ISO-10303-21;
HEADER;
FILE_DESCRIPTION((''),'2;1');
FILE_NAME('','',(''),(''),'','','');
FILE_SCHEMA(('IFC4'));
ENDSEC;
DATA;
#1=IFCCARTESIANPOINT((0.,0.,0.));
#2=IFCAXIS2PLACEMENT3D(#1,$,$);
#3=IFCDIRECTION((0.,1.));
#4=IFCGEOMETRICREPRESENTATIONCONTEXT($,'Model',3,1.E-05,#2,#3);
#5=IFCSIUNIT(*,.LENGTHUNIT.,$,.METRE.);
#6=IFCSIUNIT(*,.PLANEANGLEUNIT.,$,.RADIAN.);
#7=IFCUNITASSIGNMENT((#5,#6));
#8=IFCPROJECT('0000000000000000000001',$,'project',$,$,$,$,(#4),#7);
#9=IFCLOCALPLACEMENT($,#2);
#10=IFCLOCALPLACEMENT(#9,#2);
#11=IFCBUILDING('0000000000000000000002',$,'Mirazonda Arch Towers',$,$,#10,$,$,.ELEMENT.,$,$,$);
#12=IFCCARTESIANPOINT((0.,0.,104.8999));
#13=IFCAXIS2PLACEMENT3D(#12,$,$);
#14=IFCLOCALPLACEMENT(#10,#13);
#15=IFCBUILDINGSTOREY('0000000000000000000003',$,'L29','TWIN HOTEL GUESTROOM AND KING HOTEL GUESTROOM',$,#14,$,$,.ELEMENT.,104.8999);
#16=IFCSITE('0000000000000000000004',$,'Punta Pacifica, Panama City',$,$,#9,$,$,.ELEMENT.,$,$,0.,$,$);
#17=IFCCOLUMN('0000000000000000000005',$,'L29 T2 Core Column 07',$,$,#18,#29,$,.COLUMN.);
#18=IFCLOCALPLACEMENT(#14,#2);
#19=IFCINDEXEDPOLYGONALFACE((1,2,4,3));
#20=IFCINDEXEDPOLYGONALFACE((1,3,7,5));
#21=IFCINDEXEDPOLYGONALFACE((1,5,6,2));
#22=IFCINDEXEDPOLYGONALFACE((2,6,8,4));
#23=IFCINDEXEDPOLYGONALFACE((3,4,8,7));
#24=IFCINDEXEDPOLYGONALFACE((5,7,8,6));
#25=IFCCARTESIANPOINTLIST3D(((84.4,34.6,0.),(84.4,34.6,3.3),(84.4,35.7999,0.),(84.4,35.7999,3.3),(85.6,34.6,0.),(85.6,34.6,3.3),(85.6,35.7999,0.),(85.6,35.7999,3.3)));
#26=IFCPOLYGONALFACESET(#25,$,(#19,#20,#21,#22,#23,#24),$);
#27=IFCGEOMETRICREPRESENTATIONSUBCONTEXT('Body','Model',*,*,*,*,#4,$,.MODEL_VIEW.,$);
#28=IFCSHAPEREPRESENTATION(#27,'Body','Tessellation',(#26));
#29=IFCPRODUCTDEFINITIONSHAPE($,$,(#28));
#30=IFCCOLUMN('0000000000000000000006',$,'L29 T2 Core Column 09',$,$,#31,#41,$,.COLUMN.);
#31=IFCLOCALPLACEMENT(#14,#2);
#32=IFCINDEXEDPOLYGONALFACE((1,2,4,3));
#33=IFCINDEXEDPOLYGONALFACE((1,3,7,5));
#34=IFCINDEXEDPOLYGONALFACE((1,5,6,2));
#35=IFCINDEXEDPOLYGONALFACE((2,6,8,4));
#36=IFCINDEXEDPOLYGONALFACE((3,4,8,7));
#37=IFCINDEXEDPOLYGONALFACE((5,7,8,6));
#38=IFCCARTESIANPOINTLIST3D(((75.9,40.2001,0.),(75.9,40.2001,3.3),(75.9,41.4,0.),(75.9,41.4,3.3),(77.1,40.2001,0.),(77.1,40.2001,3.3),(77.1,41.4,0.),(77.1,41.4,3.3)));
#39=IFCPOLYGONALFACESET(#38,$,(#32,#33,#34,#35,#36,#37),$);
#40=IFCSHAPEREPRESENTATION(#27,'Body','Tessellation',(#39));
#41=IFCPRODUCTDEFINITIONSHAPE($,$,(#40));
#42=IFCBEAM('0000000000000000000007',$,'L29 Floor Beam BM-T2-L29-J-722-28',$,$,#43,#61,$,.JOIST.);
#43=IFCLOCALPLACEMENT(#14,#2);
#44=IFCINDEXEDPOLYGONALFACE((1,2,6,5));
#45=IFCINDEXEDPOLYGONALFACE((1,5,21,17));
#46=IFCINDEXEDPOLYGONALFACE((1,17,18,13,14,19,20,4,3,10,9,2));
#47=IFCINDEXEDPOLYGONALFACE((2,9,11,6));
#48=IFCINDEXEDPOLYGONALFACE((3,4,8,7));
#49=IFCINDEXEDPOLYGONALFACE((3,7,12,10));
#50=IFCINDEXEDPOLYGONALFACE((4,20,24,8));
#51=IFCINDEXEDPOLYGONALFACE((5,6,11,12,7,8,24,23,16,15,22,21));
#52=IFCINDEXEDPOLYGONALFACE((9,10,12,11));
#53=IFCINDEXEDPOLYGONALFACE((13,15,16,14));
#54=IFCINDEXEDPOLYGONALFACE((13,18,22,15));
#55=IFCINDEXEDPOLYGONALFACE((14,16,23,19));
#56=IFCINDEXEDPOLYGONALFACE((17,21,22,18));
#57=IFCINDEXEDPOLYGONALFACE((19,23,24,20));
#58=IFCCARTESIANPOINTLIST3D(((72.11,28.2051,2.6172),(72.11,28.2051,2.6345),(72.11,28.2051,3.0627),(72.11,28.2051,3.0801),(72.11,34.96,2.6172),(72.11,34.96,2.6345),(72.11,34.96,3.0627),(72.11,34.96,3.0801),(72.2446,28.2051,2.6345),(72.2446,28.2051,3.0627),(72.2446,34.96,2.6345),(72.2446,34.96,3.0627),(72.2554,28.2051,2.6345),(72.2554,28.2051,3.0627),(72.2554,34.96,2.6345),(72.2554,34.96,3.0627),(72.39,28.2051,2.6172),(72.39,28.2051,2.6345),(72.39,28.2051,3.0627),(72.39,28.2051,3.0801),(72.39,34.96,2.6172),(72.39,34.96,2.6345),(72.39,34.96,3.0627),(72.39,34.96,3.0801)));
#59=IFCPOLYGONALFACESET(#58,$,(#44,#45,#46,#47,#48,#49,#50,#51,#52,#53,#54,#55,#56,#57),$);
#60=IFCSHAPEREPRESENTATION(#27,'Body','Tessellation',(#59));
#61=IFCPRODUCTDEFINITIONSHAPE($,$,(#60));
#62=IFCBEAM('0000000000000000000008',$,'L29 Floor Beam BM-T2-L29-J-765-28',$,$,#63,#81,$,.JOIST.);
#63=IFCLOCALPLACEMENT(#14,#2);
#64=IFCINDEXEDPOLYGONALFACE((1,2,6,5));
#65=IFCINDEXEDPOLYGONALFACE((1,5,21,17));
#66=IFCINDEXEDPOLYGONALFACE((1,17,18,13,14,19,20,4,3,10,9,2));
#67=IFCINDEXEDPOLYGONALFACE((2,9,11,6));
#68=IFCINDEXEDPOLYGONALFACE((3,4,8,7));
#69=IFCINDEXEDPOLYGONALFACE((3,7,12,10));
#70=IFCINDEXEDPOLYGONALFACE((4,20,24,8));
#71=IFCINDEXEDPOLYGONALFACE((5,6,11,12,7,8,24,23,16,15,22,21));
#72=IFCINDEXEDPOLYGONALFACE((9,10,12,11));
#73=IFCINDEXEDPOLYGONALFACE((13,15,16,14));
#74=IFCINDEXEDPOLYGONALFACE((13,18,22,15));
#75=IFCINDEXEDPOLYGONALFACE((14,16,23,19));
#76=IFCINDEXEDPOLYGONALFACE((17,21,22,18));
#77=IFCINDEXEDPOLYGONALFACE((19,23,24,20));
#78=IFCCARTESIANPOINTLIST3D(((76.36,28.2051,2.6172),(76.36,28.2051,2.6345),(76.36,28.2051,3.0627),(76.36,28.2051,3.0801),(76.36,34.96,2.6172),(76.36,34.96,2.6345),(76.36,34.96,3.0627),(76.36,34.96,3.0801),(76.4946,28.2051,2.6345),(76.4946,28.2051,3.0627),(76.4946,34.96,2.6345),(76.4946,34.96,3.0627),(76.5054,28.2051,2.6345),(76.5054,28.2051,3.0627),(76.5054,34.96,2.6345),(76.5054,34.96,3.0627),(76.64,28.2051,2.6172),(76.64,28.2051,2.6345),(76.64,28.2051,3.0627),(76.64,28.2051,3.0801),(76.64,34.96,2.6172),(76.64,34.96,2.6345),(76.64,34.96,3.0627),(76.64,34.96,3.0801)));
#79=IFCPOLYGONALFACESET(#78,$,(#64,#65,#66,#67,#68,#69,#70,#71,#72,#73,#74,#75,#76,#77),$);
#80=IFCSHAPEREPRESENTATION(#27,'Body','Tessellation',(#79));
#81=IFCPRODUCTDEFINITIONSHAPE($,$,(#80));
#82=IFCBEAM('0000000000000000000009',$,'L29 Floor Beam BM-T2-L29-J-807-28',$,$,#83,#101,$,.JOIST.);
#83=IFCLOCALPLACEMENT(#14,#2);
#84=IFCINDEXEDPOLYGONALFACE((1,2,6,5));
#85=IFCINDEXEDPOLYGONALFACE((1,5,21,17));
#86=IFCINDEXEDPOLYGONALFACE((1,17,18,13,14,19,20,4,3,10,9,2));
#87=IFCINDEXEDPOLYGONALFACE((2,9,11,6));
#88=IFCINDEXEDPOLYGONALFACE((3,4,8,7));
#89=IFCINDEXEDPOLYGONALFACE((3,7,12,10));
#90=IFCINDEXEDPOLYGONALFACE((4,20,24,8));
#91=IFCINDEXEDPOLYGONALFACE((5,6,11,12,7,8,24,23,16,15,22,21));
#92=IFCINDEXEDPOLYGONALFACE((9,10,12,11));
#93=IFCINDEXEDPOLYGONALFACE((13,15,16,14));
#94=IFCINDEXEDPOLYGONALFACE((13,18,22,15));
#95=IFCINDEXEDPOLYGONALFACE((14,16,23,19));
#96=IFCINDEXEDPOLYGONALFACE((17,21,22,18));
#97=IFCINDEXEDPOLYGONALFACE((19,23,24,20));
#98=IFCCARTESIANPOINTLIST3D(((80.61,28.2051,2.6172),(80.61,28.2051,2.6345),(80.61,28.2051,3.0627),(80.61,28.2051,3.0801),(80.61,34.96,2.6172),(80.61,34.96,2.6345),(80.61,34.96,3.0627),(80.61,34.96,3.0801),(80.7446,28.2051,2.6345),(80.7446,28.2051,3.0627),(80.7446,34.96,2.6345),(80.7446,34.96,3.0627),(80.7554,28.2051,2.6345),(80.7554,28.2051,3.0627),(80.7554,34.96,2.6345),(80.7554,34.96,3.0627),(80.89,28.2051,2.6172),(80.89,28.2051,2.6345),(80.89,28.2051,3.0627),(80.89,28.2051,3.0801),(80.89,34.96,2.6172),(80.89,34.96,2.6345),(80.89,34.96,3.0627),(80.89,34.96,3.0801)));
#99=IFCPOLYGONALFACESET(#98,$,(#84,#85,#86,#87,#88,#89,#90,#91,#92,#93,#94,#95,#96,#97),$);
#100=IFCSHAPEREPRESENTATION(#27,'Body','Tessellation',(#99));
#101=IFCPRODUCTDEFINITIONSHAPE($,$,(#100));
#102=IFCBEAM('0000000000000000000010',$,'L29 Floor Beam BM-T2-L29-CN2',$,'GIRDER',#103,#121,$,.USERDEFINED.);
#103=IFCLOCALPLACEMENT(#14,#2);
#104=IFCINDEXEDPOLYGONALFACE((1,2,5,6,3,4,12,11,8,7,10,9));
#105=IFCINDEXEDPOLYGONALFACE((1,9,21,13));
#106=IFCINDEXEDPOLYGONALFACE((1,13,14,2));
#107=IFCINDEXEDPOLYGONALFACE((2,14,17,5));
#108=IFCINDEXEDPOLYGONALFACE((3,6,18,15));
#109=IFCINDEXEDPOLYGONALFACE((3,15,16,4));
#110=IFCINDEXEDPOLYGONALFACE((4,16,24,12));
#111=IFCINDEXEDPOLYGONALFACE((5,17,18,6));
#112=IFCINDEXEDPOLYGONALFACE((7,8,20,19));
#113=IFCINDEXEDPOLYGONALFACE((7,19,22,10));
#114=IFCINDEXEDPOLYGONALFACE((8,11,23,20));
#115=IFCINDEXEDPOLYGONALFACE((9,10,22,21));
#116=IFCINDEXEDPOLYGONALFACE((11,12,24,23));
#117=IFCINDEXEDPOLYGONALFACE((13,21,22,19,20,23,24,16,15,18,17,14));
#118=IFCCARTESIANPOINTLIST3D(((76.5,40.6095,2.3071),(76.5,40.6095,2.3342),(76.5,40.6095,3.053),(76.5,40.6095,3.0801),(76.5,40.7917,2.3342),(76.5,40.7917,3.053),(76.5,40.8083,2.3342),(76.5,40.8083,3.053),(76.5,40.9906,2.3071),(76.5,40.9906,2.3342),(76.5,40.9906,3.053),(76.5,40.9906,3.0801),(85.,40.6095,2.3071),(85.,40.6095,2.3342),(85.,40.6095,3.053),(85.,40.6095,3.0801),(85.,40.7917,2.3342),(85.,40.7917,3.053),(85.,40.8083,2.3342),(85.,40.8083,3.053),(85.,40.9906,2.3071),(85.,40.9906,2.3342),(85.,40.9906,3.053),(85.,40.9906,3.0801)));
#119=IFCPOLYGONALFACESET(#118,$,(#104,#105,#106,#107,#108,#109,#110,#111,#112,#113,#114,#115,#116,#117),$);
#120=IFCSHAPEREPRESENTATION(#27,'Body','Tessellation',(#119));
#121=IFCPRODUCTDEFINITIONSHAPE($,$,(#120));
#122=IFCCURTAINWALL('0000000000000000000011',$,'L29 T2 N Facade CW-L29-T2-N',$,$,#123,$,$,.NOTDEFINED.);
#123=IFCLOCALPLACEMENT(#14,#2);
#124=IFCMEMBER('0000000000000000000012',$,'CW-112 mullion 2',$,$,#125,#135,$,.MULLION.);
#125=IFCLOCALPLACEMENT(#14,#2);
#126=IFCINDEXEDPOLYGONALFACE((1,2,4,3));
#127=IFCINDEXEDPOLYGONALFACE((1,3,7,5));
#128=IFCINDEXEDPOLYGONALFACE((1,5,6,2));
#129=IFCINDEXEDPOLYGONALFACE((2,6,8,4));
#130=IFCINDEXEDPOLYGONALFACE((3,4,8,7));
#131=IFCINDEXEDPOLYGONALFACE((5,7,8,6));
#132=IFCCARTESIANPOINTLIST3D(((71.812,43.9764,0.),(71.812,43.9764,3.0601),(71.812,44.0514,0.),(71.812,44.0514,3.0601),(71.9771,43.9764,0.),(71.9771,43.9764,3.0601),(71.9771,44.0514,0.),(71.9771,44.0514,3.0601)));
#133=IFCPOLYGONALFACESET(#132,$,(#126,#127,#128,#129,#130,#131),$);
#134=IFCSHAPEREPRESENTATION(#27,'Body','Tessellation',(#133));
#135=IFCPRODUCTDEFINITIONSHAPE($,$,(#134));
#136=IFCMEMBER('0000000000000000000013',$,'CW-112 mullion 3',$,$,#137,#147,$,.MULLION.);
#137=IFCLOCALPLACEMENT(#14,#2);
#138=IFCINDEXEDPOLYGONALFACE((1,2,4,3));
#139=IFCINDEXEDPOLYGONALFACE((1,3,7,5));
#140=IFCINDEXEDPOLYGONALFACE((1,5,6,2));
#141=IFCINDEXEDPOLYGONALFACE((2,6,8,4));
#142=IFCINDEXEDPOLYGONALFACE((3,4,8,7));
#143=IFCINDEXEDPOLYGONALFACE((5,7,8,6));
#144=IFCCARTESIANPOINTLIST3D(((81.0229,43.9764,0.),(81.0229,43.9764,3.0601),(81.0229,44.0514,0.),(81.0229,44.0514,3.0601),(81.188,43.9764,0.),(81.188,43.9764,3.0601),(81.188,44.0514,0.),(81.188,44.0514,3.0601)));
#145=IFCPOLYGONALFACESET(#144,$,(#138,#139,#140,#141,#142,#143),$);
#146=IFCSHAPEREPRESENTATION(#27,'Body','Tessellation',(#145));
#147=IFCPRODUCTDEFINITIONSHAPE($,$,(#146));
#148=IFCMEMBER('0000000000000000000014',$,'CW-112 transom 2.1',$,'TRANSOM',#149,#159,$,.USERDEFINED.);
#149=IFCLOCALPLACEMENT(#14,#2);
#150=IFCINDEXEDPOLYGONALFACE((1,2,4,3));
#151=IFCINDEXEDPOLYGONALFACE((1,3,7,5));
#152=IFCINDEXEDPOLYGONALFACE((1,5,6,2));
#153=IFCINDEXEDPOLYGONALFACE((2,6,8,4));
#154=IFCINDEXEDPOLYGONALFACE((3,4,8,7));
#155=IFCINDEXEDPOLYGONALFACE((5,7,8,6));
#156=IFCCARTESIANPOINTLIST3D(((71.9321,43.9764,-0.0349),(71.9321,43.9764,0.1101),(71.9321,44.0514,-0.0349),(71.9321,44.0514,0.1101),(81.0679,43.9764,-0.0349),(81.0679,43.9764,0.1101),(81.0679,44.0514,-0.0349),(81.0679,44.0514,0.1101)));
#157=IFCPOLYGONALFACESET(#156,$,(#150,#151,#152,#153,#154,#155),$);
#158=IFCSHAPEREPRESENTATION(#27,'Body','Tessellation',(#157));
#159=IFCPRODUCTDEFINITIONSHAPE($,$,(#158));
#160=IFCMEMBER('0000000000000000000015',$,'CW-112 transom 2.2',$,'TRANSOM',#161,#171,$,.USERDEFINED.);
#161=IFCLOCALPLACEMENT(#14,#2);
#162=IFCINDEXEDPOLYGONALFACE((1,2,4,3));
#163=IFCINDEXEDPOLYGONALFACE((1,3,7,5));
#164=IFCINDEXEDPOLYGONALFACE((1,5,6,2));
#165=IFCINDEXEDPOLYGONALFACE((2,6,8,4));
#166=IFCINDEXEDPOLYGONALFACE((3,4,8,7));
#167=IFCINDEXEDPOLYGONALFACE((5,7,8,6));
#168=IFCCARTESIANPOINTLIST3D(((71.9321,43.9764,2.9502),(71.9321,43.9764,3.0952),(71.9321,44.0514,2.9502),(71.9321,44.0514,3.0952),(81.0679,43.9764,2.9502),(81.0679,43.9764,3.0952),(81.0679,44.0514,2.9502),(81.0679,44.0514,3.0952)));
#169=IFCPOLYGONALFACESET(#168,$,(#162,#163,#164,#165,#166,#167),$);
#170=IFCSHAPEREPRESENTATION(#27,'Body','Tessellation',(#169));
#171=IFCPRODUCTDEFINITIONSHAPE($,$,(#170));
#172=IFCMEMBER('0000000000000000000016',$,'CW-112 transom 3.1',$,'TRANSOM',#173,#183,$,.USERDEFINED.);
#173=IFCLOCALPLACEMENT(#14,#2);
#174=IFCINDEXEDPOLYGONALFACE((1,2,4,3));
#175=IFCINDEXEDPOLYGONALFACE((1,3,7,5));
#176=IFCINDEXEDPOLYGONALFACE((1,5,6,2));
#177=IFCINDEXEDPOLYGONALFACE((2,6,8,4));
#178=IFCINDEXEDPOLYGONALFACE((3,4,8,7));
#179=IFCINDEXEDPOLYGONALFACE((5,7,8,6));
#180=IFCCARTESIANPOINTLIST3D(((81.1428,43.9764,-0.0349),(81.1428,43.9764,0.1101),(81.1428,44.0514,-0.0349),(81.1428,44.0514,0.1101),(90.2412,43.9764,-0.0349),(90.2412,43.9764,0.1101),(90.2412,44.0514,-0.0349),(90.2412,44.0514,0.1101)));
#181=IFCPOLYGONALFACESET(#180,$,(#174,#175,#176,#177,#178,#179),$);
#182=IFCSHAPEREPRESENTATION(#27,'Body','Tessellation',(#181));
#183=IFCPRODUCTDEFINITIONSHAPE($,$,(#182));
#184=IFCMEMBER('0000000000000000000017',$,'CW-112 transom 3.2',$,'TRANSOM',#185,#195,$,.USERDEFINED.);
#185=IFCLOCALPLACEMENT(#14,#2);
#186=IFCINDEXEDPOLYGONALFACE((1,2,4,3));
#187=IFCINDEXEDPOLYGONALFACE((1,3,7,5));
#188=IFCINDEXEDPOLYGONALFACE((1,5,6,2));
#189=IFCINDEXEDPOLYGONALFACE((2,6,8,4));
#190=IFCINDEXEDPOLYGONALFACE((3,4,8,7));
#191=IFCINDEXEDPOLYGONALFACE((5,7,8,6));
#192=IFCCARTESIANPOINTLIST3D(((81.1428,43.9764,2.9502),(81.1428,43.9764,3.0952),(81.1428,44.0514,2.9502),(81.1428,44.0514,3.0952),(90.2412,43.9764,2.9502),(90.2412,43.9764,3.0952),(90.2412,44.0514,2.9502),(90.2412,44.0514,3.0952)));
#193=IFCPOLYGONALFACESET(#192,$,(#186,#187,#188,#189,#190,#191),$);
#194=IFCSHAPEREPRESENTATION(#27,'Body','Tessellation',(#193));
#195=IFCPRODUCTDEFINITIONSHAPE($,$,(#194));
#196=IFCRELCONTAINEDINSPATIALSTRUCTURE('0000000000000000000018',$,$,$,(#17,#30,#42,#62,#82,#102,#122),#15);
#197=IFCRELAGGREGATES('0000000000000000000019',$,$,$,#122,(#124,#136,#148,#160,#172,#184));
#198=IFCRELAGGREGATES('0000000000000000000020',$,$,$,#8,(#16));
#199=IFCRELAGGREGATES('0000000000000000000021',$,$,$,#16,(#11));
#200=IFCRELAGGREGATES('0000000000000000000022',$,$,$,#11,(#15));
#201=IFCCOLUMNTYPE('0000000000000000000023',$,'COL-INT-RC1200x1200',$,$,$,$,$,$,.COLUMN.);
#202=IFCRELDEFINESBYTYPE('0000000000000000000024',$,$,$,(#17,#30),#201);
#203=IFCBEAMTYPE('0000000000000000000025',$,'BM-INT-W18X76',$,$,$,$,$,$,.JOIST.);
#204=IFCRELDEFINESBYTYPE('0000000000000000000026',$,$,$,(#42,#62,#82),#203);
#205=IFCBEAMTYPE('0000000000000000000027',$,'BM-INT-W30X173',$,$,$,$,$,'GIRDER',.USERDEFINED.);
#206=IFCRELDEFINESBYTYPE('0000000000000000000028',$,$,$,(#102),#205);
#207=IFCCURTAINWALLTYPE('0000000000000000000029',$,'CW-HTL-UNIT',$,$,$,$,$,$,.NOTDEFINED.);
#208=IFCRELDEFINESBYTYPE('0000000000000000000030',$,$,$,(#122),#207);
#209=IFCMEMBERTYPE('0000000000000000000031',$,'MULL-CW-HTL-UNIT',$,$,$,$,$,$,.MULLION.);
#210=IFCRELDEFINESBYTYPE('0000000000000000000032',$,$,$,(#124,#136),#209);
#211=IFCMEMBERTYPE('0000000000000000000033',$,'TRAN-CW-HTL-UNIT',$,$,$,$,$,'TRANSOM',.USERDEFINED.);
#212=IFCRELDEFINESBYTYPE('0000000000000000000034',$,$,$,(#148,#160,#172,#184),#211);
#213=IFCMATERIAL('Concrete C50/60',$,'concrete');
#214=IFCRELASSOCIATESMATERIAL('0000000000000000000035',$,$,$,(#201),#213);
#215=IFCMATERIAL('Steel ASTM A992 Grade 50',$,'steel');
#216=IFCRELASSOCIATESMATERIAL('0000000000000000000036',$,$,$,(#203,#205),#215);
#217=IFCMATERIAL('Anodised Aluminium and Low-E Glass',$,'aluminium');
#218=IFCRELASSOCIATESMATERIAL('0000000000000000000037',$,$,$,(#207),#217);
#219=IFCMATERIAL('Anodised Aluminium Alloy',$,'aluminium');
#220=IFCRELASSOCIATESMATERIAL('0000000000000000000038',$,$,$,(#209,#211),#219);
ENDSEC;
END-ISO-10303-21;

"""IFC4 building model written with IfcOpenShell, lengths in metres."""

from ifc_helpers import new_model, si_unit, direction, frame, origin, origin_2d, place, context, subcontext, project, spatial, rectangle, i_section, extrude, material, material_profile, profile_set, type_object, element, aggregate, save


model = new_model("IFC4")

# Units and contexts
model_context = context("Model", 3, precision=1e-05, world=origin(), true_north=direction((0.0, 1.0)))
body_context = subcontext(model_context, "Body", "Model", "MODEL_VIEW")
ifc_project = project(units=[si_unit("LENGTHUNIT", "METRE"), si_unit("PLANEANGLEUNIT", "RADIAN")], contexts=[model_context])

# Site, building, storey
site_placement = place(None, origin())
site = spatial("IfcSite", under=ifc_project, at=site_placement, Name="Punta Pacifica, Panama City", CompositionType="ELEMENT", RefElevation=0.0)
building_placement = place(site_placement, origin())
building = spatial("IfcBuilding", under=site, at=building_placement, Name="Mirazonda Arch Towers", CompositionType="ELEMENT")
storey_placement = place(building_placement, frame((0.0, 0.0, 104.8999)))
storey = spatial("IfcBuildingStorey", under=building, at=storey_placement, Name="L29", Description="TWIN HOTEL GUESTROOM AND KING HOTEL GUESTROOM", CompositionType="ELEMENT", Elevation=104.8999)

# Columns
ifc_material_1 = material(Name="Concrete C50/60", Category="concrete")
ifc_material_profile_1 = material_profile(ifc_material_1, rectangle(XDim=1.2, YDim=1.2, at=origin_2d()), Name="RC1200x1200")
ifc_profile_set_1 = profile_set([ifc_material_profile_1], Name="Concrete C50/60")
column_type = type_object("IfcColumnType", Name="COL-INT-RC1200x1200", PredefinedType="COLUMN", material=ifc_profile_set_1)
for number, where, z_axis, x_axis, name in (
    (1, (85.0, 35.2, 0.0), (0.0, 0.0, 1.0), (1.0, 0.0, 0.0), "L29 T2 Core Column 07"),
    (2, (76.5, 40.8, 0.0), (0.0, 0.0, 1.0), (1.0, 0.0, 0.0), "L29 T2 Core Column 09"),
):
    element("IfcColumn", number, at=place(storey_placement, frame(where, z_axis=z_axis, x_axis=x_axis)), inside=storey, type_object=column_type, Name=name, PredefinedType="COLUMN", context=body_context, shape_type="SweptSolid", body=[
        extrude(rectangle(XDim=1.2, YDim=1.2, at=origin_2d()), origin(), (0.0, 0.0, 1.0), 3.3),
    ])

# Beams
ifc_material_2 = material(Name="Steel ASTM A992 Grade 50", Category="steel")
ifc_material_profile_2 = material_profile(ifc_material_2, i_section(OverallWidth=0.28, OverallDepth=0.4629, WebThickness=0.0107, FlangeThickness=0.0173, at=origin_2d()), Name="W18X76")
ifc_profile_set_2 = profile_set([ifc_material_profile_2], Name="Steel ASTM A992 Grade 50")
beam_type_1 = type_object("IfcBeamType", Name="BM-INT-W18X76", PredefinedType="JOIST", material=ifc_profile_set_2)
for number, where, z_axis, x_axis, name in (
    (3, (72.25, 28.2051, 2.8486), (0.0, 1.0, 0.0), (-1.0, 0.0, 0.0), "L29 Floor Beam BM-T2-L29-J-722-28"),
    (4, (76.5, 28.2051, 2.8486), (0.0, 1.0, 0.0), (-1.0, 0.0, 0.0), "L29 Floor Beam BM-T2-L29-J-765-28"),
    (5, (80.75, 28.2051, 2.8486), (0.0, 1.0, 0.0), (-1.0, 0.0, 0.0), "L29 Floor Beam BM-T2-L29-J-807-28"),
):
    element("IfcBeam", number, at=place(storey_placement, frame(where, z_axis=z_axis, x_axis=x_axis)), inside=storey, type_object=beam_type_1, Name=name, PredefinedType="JOIST", context=body_context, shape_type="SweptSolid", body=[
        extrude(i_section(OverallWidth=0.28, OverallDepth=0.4629, WebThickness=0.0107, FlangeThickness=0.0173, at=origin_2d()), origin(), (0.0, 0.0, 1.0), 6.7549),
    ])
ifc_material_profile_3 = material_profile(ifc_material_2, i_section(OverallWidth=0.3811, OverallDepth=0.7729, WebThickness=0.0166, FlangeThickness=0.0271, at=origin_2d()), Name="W30X173")
ifc_profile_set_3 = profile_set([ifc_material_profile_3], Name="Steel ASTM A992 Grade 50")
beam_type_2 = type_object("IfcBeamType", Name="BM-INT-W30X173", ElementType="GIRDER", PredefinedType="USERDEFINED", material=ifc_profile_set_3)
beam_placement = place(storey_placement, frame((76.5, 40.8, 2.6936), z_axis=(1.0, 0.0, 0.0), x_axis=(0.0, 1.0, 0.0)))
element("IfcBeam", 6, at=beam_placement, inside=storey, type_object=beam_type_2, Name="L29 Floor Beam BM-T2-L29-CN2", ObjectType="GIRDER", PredefinedType="USERDEFINED", context=body_context, shape_type="SweptSolid", body=[
    extrude(i_section(OverallWidth=0.3811, OverallDepth=0.7729, WebThickness=0.0166, FlangeThickness=0.0271, at=origin_2d()), origin(), (0.0, 0.0, 1.0), 8.5),
])

# Curtain wall, members
ifc_material_3 = material(Name="Anodised Aluminium and Low-E Glass", Category="aluminium")
curtain_wall_type = type_object("IfcCurtainWallType", Name="CW-HTL-UNIT", PredefinedType="NOTDEFINED", material=ifc_material_3)
curtain_wall_placement = place(storey_placement, origin())
curtain_wall = element("IfcCurtainWall", 7, at=curtain_wall_placement, inside=storey, type_object=curtain_wall_type, Name="L29 T2 N Facade CW-L29-T2-N", PredefinedType="NOTDEFINED")
ifc_material_4 = material(Name="Anodised Aluminium Alloy", Category="aluminium")
ifc_material_profile_4 = material_profile(ifc_material_4, rectangle(XDim=0.075, YDim=0.165, at=origin_2d()), Name="ALU-MULL-75x165")
ifc_profile_set_4 = profile_set([ifc_material_profile_4], Name="Anodised Aluminium Alloy")
member_type_1 = type_object("IfcMemberType", Name="MULL-CW-HTL-UNIT", PredefinedType="MULLION", material=ifc_profile_set_4)
member_1_placement = place(storey_placement, frame((71.8945, 44.0139, 0.0), z_axis=(0.0, 0.0, 1.0), x_axis=(0.0, 1.0, 0.0)))
member_1 = element("IfcMember", 8, at=member_1_placement, type_object=member_type_1, Name="CW-112 mullion 2", PredefinedType="MULLION", context=body_context, shape_type="SweptSolid", body=[
    extrude(rectangle(XDim=0.075, YDim=0.165, at=origin_2d()), origin(), (0.0, 0.0, 1.0), 3.0601),
])
member_2_placement = place(storey_placement, frame((81.1055, 44.0139, 0.0), z_axis=(0.0, 0.0, 1.0), x_axis=(0.0, 1.0, 0.0)))
member_2 = element("IfcMember", 9, at=member_2_placement, type_object=member_type_1, Name="CW-112 mullion 3", PredefinedType="MULLION", context=body_context, shape_type="SweptSolid", body=[
    extrude(rectangle(XDim=0.075, YDim=0.165, at=origin_2d()), origin(), (0.0, 0.0, 1.0), 3.0601),
])
ifc_material_profile_5 = material_profile(ifc_material_4, rectangle(XDim=0.075, YDim=0.145, at=origin_2d()), Name="ALU-TRAN-75x145")
ifc_profile_set_5 = profile_set([ifc_material_profile_5], Name="Anodised Aluminium Alloy")
member_type_2 = type_object("IfcMemberType", Name="TRAN-CW-HTL-UNIT", ElementType="TRANSOM", PredefinedType="USERDEFINED", material=ifc_profile_set_5)
member_3_placement = place(storey_placement, frame((71.9321, 44.0139, 0.0376), z_axis=(1.0, 0.0, 0.0), x_axis=(0.0, 1.0, 0.0)))
member_3 = element("IfcMember", 10, at=member_3_placement, type_object=member_type_2, Name="CW-112 transom 2.1", ObjectType="TRANSOM", PredefinedType="USERDEFINED", context=body_context, shape_type="SweptSolid", body=[
    extrude(rectangle(XDim=0.075, YDim=0.145, at=origin_2d()), origin(), (0.0, 0.0, 1.0), 9.1357),
])
member_4_placement = place(storey_placement, frame((71.9321, 44.0139, 3.0227), z_axis=(1.0, 0.0, 0.0), x_axis=(0.0, 1.0, 0.0)))
member_4 = element("IfcMember", 11, at=member_4_placement, type_object=member_type_2, Name="CW-112 transom 2.2", ObjectType="TRANSOM", PredefinedType="USERDEFINED", context=body_context, shape_type="SweptSolid", body=[
    extrude(rectangle(XDim=0.075, YDim=0.145, at=origin_2d()), origin(), (0.0, 0.0, 1.0), 9.1357),
])
member_5_placement = place(storey_placement, frame((81.1428, 44.0139, 0.0376), z_axis=(1.0, 0.0, 0.0), x_axis=(0.0, 1.0, 0.0)))
member_5 = element("IfcMember", 12, at=member_5_placement, type_object=member_type_2, Name="CW-112 transom 3.1", ObjectType="TRANSOM", PredefinedType="USERDEFINED", context=body_context, shape_type="SweptSolid", body=[
    extrude(rectangle(XDim=0.075, YDim=0.145, at=origin_2d()), origin(), (0.0, 0.0, 1.0), 9.0984),
])
member_6_placement = place(storey_placement, frame((81.1428, 44.0139, 3.0227), z_axis=(1.0, 0.0, 0.0), x_axis=(0.0, 1.0, 0.0)))
member_6 = element("IfcMember", 13, at=member_6_placement, type_object=member_type_2, Name="CW-112 transom 3.2", ObjectType="TRANSOM", PredefinedType="USERDEFINED", context=body_context, shape_type="SweptSolid", body=[
    extrude(rectangle(XDim=0.075, YDim=0.145, at=origin_2d()), origin(), (0.0, 0.0, 1.0), 9.0984),
])
aggregate(curtain_wall, [member_1, member_2, member_3, member_4, member_5, member_6])

save(model, "model.ifc")
